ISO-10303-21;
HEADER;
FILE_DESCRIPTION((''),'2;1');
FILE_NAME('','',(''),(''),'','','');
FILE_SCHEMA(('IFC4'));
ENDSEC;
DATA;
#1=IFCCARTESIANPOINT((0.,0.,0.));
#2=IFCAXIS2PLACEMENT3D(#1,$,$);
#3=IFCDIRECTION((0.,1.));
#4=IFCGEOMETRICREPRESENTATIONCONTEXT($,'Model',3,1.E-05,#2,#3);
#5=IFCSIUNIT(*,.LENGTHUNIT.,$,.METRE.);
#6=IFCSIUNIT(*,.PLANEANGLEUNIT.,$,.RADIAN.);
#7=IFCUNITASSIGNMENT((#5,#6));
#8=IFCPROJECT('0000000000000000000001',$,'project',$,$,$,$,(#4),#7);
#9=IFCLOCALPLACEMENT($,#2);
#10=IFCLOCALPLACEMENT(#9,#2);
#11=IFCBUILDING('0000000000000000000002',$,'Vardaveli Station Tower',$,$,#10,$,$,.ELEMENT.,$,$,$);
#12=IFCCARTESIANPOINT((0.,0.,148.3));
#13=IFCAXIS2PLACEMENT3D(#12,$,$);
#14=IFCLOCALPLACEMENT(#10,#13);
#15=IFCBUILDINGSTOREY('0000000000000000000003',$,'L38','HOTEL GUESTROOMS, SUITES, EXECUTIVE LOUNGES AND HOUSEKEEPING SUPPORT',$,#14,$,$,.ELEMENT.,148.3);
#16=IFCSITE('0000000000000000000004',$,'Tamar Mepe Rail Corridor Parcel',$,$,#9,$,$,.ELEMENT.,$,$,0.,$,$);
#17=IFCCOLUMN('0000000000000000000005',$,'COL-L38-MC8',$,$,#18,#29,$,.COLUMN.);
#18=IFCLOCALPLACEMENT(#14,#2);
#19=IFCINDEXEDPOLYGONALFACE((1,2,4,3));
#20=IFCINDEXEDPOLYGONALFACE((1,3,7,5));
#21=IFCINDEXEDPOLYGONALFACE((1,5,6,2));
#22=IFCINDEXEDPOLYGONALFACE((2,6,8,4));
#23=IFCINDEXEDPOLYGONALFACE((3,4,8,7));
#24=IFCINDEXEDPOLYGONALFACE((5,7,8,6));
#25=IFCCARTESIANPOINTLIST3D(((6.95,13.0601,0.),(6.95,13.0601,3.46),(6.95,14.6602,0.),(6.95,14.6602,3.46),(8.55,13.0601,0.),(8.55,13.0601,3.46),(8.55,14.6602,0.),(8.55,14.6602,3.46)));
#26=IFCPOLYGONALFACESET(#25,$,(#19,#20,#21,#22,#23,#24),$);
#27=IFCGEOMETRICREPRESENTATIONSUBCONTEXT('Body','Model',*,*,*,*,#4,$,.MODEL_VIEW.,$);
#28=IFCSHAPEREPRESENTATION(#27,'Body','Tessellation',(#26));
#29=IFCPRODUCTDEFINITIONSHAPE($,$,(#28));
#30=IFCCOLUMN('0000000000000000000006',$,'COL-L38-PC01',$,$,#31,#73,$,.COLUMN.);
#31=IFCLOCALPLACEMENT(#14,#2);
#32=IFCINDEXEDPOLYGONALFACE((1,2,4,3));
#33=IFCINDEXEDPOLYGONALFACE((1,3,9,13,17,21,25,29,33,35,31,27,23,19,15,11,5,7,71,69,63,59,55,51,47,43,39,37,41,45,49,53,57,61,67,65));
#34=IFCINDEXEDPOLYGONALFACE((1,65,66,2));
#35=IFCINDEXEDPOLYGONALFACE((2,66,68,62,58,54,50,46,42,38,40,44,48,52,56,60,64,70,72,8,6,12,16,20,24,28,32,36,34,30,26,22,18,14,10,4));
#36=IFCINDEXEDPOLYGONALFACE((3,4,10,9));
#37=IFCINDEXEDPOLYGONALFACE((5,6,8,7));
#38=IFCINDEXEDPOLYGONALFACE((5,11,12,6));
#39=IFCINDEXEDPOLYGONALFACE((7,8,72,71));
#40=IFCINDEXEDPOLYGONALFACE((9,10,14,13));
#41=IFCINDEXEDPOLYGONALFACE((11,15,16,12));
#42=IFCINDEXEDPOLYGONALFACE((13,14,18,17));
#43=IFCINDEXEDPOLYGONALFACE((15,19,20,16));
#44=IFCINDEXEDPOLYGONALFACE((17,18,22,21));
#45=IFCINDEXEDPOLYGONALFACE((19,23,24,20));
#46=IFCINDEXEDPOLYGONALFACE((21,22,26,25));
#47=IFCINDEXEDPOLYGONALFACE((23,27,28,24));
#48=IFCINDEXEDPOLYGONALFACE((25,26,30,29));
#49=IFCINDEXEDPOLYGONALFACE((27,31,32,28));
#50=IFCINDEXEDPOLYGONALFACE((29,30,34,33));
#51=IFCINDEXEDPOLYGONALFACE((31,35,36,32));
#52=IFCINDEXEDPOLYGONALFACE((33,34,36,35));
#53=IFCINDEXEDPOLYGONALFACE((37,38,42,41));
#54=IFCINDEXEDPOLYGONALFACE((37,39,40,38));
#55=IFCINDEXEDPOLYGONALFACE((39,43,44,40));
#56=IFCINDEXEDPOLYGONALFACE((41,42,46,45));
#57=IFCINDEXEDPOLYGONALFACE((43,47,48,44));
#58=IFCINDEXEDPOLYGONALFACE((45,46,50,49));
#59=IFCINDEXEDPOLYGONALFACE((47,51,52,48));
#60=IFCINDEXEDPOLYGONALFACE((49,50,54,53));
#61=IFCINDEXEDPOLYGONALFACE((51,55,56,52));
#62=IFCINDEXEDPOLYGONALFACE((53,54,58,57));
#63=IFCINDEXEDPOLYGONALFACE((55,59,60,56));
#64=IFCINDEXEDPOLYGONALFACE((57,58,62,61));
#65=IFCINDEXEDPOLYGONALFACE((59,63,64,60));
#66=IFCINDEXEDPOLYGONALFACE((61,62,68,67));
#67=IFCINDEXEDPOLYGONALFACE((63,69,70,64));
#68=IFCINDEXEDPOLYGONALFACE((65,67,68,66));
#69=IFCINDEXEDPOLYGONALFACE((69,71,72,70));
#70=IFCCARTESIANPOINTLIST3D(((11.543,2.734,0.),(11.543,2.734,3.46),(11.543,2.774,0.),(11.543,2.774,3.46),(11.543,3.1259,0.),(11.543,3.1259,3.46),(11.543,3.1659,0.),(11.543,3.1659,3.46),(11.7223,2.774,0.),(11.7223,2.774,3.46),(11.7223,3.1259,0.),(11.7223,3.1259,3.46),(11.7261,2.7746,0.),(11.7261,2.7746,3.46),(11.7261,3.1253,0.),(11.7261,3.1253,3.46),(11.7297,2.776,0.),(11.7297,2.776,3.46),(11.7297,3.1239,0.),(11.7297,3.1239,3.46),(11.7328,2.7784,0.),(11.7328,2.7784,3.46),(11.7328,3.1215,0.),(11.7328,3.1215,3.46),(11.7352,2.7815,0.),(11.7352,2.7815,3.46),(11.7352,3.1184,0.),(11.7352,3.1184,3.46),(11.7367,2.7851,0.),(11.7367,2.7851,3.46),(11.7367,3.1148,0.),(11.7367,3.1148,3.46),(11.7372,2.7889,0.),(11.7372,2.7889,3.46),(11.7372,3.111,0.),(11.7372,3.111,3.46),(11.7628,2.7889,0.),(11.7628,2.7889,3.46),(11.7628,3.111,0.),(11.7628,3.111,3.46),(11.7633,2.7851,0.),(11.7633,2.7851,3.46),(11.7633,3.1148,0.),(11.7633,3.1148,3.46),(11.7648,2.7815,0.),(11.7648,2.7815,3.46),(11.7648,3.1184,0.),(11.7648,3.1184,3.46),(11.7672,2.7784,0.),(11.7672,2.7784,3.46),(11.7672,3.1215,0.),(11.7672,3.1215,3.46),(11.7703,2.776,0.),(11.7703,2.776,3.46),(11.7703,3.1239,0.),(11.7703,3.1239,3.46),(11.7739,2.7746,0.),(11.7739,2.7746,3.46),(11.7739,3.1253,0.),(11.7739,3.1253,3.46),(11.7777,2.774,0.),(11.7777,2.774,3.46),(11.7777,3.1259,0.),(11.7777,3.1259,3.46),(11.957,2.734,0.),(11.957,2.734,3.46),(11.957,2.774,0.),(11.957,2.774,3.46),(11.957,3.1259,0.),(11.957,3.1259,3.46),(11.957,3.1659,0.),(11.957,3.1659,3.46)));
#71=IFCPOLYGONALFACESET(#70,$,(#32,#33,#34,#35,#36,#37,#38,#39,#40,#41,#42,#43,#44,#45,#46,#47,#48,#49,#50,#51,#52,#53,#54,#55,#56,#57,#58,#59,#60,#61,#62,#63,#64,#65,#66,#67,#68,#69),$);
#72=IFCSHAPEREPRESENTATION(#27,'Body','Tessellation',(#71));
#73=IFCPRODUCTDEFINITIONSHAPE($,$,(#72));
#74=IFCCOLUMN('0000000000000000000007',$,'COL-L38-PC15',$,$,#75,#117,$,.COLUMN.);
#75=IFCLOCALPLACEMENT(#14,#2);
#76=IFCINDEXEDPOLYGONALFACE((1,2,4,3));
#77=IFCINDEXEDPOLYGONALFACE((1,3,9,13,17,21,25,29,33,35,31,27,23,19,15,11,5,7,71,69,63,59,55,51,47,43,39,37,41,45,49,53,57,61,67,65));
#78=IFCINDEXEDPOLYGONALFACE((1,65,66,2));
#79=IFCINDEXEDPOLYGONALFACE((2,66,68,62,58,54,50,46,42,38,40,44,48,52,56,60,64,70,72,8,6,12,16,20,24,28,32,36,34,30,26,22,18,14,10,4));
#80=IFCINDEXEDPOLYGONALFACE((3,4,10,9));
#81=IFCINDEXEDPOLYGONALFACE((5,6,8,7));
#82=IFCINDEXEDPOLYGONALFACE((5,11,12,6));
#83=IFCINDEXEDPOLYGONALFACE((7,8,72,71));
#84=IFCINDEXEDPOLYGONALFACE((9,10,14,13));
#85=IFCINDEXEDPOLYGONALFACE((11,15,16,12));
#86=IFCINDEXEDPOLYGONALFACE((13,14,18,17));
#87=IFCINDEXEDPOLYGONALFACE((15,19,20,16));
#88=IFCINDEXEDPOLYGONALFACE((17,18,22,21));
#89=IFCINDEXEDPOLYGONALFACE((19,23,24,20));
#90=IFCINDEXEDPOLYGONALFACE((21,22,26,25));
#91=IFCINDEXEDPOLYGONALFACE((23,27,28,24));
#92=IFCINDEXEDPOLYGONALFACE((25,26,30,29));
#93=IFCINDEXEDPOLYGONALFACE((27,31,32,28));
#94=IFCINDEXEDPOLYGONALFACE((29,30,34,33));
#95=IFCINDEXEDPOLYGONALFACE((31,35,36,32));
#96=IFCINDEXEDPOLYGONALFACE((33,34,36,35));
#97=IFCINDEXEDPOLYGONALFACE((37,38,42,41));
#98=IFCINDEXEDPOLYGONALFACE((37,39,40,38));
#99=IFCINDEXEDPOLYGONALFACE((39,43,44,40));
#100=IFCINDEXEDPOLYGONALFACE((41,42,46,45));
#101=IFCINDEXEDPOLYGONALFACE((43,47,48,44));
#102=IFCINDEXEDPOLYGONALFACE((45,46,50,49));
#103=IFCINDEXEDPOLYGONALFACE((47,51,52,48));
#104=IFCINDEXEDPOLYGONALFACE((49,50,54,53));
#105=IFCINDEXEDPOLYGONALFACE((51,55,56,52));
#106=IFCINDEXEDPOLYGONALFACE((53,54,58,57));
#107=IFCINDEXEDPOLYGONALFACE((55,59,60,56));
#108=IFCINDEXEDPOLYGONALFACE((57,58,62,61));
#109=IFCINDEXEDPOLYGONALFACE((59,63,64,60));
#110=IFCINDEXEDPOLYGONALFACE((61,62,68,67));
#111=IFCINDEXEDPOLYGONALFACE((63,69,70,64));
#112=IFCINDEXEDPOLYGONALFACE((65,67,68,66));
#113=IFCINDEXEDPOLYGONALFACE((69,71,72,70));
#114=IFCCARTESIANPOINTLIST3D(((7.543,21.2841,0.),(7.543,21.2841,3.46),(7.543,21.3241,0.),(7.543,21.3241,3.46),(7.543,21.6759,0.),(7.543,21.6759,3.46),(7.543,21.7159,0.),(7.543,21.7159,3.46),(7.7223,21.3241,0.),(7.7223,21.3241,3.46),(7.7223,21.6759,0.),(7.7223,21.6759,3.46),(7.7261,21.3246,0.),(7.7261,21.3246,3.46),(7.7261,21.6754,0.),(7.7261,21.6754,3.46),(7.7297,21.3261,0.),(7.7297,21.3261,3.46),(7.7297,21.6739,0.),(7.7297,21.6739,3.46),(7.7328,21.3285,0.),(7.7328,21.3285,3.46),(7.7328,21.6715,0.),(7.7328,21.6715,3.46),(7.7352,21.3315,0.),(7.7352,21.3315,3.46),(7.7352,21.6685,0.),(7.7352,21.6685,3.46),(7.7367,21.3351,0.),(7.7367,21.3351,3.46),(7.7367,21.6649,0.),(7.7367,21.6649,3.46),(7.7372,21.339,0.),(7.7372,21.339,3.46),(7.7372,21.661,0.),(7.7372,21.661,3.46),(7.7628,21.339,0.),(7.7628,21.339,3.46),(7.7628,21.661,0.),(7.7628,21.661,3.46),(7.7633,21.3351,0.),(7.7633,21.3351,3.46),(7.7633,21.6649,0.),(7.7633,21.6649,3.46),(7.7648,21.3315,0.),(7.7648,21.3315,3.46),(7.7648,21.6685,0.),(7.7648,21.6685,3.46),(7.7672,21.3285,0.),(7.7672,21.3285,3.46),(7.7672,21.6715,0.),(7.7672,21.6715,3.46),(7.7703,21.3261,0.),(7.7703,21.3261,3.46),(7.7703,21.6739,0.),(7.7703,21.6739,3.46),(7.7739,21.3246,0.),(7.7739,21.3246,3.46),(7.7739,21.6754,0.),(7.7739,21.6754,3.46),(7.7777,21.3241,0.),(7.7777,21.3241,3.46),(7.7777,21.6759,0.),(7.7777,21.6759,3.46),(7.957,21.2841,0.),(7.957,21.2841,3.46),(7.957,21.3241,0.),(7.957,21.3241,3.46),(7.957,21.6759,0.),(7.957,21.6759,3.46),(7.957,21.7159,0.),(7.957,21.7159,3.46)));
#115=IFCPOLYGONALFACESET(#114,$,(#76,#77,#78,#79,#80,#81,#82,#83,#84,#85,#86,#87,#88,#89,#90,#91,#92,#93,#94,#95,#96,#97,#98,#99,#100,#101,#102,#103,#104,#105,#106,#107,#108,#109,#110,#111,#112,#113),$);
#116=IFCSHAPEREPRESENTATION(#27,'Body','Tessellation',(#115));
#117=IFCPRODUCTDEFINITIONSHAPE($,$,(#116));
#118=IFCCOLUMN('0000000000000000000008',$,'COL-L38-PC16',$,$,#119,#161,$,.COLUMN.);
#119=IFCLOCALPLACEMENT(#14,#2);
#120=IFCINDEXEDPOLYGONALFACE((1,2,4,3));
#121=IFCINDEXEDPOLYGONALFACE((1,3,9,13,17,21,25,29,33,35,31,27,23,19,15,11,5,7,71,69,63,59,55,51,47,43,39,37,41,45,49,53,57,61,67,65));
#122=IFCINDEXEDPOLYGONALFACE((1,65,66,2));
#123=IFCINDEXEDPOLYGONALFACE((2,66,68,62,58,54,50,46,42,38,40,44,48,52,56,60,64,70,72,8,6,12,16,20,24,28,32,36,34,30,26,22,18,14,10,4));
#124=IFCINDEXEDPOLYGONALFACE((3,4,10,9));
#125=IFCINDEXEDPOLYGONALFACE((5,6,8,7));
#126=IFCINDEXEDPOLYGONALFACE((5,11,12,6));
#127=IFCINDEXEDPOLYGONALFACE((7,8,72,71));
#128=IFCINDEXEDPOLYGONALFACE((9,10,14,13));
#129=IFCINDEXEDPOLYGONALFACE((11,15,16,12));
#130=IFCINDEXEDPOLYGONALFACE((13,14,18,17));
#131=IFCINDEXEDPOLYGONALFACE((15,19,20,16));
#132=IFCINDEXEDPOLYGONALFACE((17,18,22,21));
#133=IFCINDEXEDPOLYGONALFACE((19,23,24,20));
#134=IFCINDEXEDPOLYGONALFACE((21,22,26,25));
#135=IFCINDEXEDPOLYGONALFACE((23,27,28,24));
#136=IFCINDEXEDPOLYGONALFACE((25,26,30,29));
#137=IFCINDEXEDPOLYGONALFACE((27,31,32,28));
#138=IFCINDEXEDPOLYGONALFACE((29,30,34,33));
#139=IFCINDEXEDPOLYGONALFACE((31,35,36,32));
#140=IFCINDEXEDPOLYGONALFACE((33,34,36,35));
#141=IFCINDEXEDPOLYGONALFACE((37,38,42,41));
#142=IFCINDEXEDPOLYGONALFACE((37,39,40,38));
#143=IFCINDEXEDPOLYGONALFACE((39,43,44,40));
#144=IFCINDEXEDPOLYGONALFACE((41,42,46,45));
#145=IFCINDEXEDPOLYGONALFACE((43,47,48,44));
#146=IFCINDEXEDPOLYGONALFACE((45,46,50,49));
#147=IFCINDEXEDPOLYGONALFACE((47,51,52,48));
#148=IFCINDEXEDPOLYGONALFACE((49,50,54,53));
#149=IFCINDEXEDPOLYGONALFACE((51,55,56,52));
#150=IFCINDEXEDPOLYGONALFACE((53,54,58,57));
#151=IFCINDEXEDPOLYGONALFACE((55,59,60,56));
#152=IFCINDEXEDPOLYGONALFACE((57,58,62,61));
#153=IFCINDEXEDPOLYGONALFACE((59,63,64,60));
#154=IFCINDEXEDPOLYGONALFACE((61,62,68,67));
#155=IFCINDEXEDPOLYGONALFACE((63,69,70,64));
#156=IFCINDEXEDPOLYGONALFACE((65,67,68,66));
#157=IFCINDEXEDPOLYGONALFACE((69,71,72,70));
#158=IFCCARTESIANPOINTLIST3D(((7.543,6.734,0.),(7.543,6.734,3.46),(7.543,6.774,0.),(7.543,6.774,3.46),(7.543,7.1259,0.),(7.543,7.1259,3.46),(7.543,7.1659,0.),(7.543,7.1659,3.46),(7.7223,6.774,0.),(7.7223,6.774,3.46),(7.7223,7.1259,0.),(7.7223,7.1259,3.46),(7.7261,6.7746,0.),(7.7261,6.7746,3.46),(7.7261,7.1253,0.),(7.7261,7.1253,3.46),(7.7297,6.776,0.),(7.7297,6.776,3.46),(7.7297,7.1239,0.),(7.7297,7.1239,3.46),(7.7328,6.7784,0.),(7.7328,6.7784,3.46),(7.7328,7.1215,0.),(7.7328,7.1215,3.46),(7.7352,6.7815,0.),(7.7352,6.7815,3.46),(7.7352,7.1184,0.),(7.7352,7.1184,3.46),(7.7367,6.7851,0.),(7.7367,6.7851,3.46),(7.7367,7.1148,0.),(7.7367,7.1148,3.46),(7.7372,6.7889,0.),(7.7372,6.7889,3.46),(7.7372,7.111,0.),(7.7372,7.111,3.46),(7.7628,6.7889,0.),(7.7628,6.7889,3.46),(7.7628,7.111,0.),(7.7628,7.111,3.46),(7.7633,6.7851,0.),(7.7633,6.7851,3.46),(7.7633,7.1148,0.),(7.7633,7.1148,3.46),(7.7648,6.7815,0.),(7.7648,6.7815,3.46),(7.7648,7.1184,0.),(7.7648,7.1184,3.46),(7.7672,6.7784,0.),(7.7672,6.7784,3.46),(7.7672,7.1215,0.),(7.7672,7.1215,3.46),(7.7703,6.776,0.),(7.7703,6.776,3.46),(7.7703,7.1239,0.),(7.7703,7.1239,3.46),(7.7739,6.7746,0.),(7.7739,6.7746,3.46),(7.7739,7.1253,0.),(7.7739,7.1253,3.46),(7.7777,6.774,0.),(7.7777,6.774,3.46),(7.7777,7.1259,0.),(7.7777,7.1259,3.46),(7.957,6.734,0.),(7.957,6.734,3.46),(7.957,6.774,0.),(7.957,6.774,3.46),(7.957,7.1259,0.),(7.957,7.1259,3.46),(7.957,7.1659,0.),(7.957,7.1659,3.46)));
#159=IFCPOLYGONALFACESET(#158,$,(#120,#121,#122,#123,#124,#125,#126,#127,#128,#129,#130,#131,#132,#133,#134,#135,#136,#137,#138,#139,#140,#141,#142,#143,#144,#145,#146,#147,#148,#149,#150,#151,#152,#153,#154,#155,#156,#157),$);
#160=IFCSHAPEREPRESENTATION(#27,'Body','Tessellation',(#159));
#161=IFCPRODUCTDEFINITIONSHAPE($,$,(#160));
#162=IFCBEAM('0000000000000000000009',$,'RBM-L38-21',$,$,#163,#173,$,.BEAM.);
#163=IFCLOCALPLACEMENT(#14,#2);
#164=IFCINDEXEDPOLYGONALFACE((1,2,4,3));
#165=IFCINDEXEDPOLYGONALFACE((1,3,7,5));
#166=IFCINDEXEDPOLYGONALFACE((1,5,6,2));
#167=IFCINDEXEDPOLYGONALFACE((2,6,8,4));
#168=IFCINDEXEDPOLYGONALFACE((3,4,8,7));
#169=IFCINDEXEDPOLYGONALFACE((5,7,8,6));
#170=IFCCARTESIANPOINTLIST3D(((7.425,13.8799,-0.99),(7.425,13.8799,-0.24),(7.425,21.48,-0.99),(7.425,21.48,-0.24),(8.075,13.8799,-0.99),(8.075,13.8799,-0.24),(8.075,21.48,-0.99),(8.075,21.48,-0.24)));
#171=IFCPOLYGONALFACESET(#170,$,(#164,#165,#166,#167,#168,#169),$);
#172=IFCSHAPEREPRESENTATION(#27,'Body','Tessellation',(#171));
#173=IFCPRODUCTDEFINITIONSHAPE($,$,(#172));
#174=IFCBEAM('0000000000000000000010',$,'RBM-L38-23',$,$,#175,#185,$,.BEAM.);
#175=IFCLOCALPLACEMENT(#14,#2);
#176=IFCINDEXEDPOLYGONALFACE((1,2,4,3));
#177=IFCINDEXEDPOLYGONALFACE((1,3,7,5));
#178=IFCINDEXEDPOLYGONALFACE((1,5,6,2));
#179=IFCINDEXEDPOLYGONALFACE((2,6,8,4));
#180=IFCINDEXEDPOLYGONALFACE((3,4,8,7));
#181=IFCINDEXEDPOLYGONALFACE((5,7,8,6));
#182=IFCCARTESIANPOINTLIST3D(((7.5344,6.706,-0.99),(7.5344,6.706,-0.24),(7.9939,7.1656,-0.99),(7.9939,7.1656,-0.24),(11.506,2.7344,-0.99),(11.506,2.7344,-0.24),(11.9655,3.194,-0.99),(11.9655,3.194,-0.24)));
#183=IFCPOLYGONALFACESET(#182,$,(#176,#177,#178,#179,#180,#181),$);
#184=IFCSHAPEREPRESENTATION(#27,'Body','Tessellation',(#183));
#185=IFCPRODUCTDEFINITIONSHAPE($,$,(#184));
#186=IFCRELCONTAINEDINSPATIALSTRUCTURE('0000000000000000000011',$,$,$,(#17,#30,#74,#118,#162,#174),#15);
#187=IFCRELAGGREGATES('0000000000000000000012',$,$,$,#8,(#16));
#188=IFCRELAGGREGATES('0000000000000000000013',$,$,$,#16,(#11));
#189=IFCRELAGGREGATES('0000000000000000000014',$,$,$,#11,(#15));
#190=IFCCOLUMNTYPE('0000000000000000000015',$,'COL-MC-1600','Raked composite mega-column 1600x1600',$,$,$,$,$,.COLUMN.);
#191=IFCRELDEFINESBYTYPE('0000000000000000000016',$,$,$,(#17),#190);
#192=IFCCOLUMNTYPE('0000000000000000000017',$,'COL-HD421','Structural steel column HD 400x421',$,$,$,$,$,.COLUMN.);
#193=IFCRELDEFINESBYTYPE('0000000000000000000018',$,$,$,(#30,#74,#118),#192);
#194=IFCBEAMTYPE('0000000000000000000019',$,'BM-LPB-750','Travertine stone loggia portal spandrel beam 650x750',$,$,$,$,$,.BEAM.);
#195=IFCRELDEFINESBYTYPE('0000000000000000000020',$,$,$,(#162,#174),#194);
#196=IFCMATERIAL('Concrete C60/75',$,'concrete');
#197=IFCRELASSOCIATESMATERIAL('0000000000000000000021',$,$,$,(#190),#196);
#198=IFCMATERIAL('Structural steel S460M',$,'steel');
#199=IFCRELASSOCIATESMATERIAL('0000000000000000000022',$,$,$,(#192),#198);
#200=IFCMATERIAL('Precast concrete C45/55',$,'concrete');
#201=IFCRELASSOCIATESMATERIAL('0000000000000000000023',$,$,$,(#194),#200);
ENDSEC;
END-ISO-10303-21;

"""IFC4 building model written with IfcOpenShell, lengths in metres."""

from ifc_helpers import new_model, si_unit, direction, frame, origin, origin_2d, place, context, subcontext, project, spatial, rectangle, i_section, extrude, source, transform, mapped, material, material_profile, profile_set, type_object, element, save


model = new_model("IFC4")

# Units and contexts
model_context = context("Model", 3, precision=1e-05, world=origin(), true_north=direction((0.0, 1.0)))
body_context = subcontext(model_context, "Body", "Model", "MODEL_VIEW")
ifc_project = project(units=[si_unit("LENGTHUNIT", "METRE"), si_unit("PLANEANGLEUNIT", "RADIAN")], contexts=[model_context])

# Site, building, storey
site_placement = place(None, origin())
site = spatial("IfcSite", under=ifc_project, at=site_placement, Name="Tamar Mepe Rail Corridor Parcel", CompositionType="ELEMENT", RefElevation=0.0)
building_placement = place(site_placement, origin())
building = spatial("IfcBuilding", under=site, at=building_placement, Name="Vardaveli Station Tower", CompositionType="ELEMENT")
storey_placement = place(building_placement, frame((0.0, 0.0, 148.3)))
storey = spatial("IfcBuildingStorey", under=building, at=storey_placement, Name="L38", Description="HOTEL GUESTROOMS, SUITES, EXECUTIVE LOUNGES AND HOUSEKEEPING SUPPORT", CompositionType="ELEMENT", Elevation=148.3)

# Columns
ifc_material_1 = material(Name="Concrete C60/75", Category="concrete")
ifc_material_profile_1 = material_profile(ifc_material_1, rectangle(XDim=1.6001, YDim=1.6001, at=origin_2d()), Name="MC 1600x1600")
ifc_profile_set_1 = profile_set([ifc_material_profile_1], Name="Concrete C60/75")
column_type_1 = type_object("IfcColumnType", Name="COL-MC-1600", Description="Raked composite mega-column 1600x1600", PredefinedType="COLUMN", material=ifc_profile_set_1)
shared_shape_1 = source(origin(), body_context, "Body", "SweptSolid", [
    extrude(rectangle(XDim=1.6001, YDim=1.6001, at=origin_2d()), origin(), (0.0, 0.0, 1.0), 3.46),
])
column_placement = place(storey_placement, frame((7.75, 13.8601, 0.0), z_axis=(0.0, 0.0, 1.0), x_axis=(1.0, 0.0, 0.0)))
element("IfcColumn", 1, at=column_placement, inside=storey, type_object=column_type_1, Name="COL-L38-MC8", PredefinedType="COLUMN", context=body_context, shape_type="MappedRepresentation", body=[
    mapped(shared_shape_1, transform((0.0, 0.0, 0.0), scale=1.0)),
])
ifc_material_2 = material(Name="Structural steel S460M", Category="steel")
ifc_material_profile_2 = material_profile(ifc_material_2, i_section(OverallWidth=0.4141, OverallDepth=0.4319, WebThickness=0.0256, FlangeThickness=0.04, FilletRadius=0.0149, at=origin_2d()), Name="HD 400x421")
ifc_profile_set_2 = profile_set([ifc_material_profile_2], Name="Structural steel S460M")
column_type_2 = type_object("IfcColumnType", Name="COL-HD421", Description="Structural steel column HD 400x421", PredefinedType="COLUMN", material=ifc_profile_set_2)
shared_shape_2 = source(origin(), body_context, "Body", "SweptSolid", [
    extrude(i_section(OverallWidth=0.4141, OverallDepth=0.4319, WebThickness=0.0256, FlangeThickness=0.04, FilletRadius=0.0149, at=origin_2d()), origin(), (0.0, 0.0, 1.0), 3.46),
])
for number, where, z_axis, x_axis, name in (
    (2, (11.75, 2.95, 0.0), (0.0, 0.0, 1.0), (1.0, 0.0, 0.0), "COL-L38-PC01"),
    (3, (7.75, 21.5, 0.0), (0.0, 0.0, 1.0), (1.0, 0.0, 0.0), "COL-L38-PC15"),
    (4, (7.75, 6.95, 0.0), (0.0, 0.0, 1.0), (1.0, 0.0, 0.0), "COL-L38-PC16"),
):
    element("IfcColumn", number, at=place(storey_placement, frame(where, z_axis=z_axis, x_axis=x_axis)), inside=storey, type_object=column_type_2, Name=name, PredefinedType="COLUMN", context=body_context, shape_type="MappedRepresentation", body=[
        mapped(shared_shape_2, transform((0.0, 0.0, 0.0), scale=1.0)),
    ])

# Beams
ifc_material_3 = material(Name="Precast concrete C45/55", Category="concrete")
ifc_material_profile_3 = material_profile(ifc_material_3, rectangle(XDim=0.6499, YDim=0.75, at=origin_2d()), Name="LPB 650x750")
ifc_profile_set_3 = profile_set([ifc_material_profile_3], Name="Precast concrete C45/55")
beam_type_1 = type_object("IfcBeamType", Name="BM-LPB-750", Description="Travertine stone loggia portal spandrel beam 650x750", PredefinedType="BEAM", material=ifc_profile_set_3)
shared_shape_3 = source(origin(), body_context, "Body", "SweptSolid", [
    extrude(rectangle(XDim=0.6499, YDim=0.75, at=origin_2d()), origin(), (0.0, 0.0, 1.0), 7.6001),
])
beam_1_placement = place(storey_placement, frame((7.75, 21.48, -0.615), z_axis=(0.0, -1.0, 0.0), x_axis=(1.0, 0.0, 0.0)))
element("IfcBeam", 5, at=beam_1_placement, inside=storey, type_object=beam_type_1, Name="RBM-L38-21", PredefinedType="BEAM", context=body_context, shape_type="MappedRepresentation", body=[
    mapped(shared_shape_3, transform((0.0, 0.0, 0.0), scale=1.0)),
])
shared_shape_4 = source(origin(), body_context, "Body", "SweptSolid", [
    extrude(rectangle(XDim=0.6499, YDim=0.75, at=origin_2d()), origin(), (0.0, 0.0, 1.0), 5.6167),
])
beam_2_placement = place(storey_placement, frame((7.7642, 6.9358, -0.615), z_axis=(0.707107, -0.707107, 0.0), x_axis=(0.707107, 0.707107, 0.0)))
element("IfcBeam", 6, at=beam_2_placement, inside=storey, type_object=beam_type_1, Name="RBM-L38-23", PredefinedType="BEAM", context=body_context, shape_type="MappedRepresentation", body=[
    mapped(shared_shape_4, transform((0.0, 0.0, 0.0), scale=1.0)),
])

save(model, "model.ifc")
